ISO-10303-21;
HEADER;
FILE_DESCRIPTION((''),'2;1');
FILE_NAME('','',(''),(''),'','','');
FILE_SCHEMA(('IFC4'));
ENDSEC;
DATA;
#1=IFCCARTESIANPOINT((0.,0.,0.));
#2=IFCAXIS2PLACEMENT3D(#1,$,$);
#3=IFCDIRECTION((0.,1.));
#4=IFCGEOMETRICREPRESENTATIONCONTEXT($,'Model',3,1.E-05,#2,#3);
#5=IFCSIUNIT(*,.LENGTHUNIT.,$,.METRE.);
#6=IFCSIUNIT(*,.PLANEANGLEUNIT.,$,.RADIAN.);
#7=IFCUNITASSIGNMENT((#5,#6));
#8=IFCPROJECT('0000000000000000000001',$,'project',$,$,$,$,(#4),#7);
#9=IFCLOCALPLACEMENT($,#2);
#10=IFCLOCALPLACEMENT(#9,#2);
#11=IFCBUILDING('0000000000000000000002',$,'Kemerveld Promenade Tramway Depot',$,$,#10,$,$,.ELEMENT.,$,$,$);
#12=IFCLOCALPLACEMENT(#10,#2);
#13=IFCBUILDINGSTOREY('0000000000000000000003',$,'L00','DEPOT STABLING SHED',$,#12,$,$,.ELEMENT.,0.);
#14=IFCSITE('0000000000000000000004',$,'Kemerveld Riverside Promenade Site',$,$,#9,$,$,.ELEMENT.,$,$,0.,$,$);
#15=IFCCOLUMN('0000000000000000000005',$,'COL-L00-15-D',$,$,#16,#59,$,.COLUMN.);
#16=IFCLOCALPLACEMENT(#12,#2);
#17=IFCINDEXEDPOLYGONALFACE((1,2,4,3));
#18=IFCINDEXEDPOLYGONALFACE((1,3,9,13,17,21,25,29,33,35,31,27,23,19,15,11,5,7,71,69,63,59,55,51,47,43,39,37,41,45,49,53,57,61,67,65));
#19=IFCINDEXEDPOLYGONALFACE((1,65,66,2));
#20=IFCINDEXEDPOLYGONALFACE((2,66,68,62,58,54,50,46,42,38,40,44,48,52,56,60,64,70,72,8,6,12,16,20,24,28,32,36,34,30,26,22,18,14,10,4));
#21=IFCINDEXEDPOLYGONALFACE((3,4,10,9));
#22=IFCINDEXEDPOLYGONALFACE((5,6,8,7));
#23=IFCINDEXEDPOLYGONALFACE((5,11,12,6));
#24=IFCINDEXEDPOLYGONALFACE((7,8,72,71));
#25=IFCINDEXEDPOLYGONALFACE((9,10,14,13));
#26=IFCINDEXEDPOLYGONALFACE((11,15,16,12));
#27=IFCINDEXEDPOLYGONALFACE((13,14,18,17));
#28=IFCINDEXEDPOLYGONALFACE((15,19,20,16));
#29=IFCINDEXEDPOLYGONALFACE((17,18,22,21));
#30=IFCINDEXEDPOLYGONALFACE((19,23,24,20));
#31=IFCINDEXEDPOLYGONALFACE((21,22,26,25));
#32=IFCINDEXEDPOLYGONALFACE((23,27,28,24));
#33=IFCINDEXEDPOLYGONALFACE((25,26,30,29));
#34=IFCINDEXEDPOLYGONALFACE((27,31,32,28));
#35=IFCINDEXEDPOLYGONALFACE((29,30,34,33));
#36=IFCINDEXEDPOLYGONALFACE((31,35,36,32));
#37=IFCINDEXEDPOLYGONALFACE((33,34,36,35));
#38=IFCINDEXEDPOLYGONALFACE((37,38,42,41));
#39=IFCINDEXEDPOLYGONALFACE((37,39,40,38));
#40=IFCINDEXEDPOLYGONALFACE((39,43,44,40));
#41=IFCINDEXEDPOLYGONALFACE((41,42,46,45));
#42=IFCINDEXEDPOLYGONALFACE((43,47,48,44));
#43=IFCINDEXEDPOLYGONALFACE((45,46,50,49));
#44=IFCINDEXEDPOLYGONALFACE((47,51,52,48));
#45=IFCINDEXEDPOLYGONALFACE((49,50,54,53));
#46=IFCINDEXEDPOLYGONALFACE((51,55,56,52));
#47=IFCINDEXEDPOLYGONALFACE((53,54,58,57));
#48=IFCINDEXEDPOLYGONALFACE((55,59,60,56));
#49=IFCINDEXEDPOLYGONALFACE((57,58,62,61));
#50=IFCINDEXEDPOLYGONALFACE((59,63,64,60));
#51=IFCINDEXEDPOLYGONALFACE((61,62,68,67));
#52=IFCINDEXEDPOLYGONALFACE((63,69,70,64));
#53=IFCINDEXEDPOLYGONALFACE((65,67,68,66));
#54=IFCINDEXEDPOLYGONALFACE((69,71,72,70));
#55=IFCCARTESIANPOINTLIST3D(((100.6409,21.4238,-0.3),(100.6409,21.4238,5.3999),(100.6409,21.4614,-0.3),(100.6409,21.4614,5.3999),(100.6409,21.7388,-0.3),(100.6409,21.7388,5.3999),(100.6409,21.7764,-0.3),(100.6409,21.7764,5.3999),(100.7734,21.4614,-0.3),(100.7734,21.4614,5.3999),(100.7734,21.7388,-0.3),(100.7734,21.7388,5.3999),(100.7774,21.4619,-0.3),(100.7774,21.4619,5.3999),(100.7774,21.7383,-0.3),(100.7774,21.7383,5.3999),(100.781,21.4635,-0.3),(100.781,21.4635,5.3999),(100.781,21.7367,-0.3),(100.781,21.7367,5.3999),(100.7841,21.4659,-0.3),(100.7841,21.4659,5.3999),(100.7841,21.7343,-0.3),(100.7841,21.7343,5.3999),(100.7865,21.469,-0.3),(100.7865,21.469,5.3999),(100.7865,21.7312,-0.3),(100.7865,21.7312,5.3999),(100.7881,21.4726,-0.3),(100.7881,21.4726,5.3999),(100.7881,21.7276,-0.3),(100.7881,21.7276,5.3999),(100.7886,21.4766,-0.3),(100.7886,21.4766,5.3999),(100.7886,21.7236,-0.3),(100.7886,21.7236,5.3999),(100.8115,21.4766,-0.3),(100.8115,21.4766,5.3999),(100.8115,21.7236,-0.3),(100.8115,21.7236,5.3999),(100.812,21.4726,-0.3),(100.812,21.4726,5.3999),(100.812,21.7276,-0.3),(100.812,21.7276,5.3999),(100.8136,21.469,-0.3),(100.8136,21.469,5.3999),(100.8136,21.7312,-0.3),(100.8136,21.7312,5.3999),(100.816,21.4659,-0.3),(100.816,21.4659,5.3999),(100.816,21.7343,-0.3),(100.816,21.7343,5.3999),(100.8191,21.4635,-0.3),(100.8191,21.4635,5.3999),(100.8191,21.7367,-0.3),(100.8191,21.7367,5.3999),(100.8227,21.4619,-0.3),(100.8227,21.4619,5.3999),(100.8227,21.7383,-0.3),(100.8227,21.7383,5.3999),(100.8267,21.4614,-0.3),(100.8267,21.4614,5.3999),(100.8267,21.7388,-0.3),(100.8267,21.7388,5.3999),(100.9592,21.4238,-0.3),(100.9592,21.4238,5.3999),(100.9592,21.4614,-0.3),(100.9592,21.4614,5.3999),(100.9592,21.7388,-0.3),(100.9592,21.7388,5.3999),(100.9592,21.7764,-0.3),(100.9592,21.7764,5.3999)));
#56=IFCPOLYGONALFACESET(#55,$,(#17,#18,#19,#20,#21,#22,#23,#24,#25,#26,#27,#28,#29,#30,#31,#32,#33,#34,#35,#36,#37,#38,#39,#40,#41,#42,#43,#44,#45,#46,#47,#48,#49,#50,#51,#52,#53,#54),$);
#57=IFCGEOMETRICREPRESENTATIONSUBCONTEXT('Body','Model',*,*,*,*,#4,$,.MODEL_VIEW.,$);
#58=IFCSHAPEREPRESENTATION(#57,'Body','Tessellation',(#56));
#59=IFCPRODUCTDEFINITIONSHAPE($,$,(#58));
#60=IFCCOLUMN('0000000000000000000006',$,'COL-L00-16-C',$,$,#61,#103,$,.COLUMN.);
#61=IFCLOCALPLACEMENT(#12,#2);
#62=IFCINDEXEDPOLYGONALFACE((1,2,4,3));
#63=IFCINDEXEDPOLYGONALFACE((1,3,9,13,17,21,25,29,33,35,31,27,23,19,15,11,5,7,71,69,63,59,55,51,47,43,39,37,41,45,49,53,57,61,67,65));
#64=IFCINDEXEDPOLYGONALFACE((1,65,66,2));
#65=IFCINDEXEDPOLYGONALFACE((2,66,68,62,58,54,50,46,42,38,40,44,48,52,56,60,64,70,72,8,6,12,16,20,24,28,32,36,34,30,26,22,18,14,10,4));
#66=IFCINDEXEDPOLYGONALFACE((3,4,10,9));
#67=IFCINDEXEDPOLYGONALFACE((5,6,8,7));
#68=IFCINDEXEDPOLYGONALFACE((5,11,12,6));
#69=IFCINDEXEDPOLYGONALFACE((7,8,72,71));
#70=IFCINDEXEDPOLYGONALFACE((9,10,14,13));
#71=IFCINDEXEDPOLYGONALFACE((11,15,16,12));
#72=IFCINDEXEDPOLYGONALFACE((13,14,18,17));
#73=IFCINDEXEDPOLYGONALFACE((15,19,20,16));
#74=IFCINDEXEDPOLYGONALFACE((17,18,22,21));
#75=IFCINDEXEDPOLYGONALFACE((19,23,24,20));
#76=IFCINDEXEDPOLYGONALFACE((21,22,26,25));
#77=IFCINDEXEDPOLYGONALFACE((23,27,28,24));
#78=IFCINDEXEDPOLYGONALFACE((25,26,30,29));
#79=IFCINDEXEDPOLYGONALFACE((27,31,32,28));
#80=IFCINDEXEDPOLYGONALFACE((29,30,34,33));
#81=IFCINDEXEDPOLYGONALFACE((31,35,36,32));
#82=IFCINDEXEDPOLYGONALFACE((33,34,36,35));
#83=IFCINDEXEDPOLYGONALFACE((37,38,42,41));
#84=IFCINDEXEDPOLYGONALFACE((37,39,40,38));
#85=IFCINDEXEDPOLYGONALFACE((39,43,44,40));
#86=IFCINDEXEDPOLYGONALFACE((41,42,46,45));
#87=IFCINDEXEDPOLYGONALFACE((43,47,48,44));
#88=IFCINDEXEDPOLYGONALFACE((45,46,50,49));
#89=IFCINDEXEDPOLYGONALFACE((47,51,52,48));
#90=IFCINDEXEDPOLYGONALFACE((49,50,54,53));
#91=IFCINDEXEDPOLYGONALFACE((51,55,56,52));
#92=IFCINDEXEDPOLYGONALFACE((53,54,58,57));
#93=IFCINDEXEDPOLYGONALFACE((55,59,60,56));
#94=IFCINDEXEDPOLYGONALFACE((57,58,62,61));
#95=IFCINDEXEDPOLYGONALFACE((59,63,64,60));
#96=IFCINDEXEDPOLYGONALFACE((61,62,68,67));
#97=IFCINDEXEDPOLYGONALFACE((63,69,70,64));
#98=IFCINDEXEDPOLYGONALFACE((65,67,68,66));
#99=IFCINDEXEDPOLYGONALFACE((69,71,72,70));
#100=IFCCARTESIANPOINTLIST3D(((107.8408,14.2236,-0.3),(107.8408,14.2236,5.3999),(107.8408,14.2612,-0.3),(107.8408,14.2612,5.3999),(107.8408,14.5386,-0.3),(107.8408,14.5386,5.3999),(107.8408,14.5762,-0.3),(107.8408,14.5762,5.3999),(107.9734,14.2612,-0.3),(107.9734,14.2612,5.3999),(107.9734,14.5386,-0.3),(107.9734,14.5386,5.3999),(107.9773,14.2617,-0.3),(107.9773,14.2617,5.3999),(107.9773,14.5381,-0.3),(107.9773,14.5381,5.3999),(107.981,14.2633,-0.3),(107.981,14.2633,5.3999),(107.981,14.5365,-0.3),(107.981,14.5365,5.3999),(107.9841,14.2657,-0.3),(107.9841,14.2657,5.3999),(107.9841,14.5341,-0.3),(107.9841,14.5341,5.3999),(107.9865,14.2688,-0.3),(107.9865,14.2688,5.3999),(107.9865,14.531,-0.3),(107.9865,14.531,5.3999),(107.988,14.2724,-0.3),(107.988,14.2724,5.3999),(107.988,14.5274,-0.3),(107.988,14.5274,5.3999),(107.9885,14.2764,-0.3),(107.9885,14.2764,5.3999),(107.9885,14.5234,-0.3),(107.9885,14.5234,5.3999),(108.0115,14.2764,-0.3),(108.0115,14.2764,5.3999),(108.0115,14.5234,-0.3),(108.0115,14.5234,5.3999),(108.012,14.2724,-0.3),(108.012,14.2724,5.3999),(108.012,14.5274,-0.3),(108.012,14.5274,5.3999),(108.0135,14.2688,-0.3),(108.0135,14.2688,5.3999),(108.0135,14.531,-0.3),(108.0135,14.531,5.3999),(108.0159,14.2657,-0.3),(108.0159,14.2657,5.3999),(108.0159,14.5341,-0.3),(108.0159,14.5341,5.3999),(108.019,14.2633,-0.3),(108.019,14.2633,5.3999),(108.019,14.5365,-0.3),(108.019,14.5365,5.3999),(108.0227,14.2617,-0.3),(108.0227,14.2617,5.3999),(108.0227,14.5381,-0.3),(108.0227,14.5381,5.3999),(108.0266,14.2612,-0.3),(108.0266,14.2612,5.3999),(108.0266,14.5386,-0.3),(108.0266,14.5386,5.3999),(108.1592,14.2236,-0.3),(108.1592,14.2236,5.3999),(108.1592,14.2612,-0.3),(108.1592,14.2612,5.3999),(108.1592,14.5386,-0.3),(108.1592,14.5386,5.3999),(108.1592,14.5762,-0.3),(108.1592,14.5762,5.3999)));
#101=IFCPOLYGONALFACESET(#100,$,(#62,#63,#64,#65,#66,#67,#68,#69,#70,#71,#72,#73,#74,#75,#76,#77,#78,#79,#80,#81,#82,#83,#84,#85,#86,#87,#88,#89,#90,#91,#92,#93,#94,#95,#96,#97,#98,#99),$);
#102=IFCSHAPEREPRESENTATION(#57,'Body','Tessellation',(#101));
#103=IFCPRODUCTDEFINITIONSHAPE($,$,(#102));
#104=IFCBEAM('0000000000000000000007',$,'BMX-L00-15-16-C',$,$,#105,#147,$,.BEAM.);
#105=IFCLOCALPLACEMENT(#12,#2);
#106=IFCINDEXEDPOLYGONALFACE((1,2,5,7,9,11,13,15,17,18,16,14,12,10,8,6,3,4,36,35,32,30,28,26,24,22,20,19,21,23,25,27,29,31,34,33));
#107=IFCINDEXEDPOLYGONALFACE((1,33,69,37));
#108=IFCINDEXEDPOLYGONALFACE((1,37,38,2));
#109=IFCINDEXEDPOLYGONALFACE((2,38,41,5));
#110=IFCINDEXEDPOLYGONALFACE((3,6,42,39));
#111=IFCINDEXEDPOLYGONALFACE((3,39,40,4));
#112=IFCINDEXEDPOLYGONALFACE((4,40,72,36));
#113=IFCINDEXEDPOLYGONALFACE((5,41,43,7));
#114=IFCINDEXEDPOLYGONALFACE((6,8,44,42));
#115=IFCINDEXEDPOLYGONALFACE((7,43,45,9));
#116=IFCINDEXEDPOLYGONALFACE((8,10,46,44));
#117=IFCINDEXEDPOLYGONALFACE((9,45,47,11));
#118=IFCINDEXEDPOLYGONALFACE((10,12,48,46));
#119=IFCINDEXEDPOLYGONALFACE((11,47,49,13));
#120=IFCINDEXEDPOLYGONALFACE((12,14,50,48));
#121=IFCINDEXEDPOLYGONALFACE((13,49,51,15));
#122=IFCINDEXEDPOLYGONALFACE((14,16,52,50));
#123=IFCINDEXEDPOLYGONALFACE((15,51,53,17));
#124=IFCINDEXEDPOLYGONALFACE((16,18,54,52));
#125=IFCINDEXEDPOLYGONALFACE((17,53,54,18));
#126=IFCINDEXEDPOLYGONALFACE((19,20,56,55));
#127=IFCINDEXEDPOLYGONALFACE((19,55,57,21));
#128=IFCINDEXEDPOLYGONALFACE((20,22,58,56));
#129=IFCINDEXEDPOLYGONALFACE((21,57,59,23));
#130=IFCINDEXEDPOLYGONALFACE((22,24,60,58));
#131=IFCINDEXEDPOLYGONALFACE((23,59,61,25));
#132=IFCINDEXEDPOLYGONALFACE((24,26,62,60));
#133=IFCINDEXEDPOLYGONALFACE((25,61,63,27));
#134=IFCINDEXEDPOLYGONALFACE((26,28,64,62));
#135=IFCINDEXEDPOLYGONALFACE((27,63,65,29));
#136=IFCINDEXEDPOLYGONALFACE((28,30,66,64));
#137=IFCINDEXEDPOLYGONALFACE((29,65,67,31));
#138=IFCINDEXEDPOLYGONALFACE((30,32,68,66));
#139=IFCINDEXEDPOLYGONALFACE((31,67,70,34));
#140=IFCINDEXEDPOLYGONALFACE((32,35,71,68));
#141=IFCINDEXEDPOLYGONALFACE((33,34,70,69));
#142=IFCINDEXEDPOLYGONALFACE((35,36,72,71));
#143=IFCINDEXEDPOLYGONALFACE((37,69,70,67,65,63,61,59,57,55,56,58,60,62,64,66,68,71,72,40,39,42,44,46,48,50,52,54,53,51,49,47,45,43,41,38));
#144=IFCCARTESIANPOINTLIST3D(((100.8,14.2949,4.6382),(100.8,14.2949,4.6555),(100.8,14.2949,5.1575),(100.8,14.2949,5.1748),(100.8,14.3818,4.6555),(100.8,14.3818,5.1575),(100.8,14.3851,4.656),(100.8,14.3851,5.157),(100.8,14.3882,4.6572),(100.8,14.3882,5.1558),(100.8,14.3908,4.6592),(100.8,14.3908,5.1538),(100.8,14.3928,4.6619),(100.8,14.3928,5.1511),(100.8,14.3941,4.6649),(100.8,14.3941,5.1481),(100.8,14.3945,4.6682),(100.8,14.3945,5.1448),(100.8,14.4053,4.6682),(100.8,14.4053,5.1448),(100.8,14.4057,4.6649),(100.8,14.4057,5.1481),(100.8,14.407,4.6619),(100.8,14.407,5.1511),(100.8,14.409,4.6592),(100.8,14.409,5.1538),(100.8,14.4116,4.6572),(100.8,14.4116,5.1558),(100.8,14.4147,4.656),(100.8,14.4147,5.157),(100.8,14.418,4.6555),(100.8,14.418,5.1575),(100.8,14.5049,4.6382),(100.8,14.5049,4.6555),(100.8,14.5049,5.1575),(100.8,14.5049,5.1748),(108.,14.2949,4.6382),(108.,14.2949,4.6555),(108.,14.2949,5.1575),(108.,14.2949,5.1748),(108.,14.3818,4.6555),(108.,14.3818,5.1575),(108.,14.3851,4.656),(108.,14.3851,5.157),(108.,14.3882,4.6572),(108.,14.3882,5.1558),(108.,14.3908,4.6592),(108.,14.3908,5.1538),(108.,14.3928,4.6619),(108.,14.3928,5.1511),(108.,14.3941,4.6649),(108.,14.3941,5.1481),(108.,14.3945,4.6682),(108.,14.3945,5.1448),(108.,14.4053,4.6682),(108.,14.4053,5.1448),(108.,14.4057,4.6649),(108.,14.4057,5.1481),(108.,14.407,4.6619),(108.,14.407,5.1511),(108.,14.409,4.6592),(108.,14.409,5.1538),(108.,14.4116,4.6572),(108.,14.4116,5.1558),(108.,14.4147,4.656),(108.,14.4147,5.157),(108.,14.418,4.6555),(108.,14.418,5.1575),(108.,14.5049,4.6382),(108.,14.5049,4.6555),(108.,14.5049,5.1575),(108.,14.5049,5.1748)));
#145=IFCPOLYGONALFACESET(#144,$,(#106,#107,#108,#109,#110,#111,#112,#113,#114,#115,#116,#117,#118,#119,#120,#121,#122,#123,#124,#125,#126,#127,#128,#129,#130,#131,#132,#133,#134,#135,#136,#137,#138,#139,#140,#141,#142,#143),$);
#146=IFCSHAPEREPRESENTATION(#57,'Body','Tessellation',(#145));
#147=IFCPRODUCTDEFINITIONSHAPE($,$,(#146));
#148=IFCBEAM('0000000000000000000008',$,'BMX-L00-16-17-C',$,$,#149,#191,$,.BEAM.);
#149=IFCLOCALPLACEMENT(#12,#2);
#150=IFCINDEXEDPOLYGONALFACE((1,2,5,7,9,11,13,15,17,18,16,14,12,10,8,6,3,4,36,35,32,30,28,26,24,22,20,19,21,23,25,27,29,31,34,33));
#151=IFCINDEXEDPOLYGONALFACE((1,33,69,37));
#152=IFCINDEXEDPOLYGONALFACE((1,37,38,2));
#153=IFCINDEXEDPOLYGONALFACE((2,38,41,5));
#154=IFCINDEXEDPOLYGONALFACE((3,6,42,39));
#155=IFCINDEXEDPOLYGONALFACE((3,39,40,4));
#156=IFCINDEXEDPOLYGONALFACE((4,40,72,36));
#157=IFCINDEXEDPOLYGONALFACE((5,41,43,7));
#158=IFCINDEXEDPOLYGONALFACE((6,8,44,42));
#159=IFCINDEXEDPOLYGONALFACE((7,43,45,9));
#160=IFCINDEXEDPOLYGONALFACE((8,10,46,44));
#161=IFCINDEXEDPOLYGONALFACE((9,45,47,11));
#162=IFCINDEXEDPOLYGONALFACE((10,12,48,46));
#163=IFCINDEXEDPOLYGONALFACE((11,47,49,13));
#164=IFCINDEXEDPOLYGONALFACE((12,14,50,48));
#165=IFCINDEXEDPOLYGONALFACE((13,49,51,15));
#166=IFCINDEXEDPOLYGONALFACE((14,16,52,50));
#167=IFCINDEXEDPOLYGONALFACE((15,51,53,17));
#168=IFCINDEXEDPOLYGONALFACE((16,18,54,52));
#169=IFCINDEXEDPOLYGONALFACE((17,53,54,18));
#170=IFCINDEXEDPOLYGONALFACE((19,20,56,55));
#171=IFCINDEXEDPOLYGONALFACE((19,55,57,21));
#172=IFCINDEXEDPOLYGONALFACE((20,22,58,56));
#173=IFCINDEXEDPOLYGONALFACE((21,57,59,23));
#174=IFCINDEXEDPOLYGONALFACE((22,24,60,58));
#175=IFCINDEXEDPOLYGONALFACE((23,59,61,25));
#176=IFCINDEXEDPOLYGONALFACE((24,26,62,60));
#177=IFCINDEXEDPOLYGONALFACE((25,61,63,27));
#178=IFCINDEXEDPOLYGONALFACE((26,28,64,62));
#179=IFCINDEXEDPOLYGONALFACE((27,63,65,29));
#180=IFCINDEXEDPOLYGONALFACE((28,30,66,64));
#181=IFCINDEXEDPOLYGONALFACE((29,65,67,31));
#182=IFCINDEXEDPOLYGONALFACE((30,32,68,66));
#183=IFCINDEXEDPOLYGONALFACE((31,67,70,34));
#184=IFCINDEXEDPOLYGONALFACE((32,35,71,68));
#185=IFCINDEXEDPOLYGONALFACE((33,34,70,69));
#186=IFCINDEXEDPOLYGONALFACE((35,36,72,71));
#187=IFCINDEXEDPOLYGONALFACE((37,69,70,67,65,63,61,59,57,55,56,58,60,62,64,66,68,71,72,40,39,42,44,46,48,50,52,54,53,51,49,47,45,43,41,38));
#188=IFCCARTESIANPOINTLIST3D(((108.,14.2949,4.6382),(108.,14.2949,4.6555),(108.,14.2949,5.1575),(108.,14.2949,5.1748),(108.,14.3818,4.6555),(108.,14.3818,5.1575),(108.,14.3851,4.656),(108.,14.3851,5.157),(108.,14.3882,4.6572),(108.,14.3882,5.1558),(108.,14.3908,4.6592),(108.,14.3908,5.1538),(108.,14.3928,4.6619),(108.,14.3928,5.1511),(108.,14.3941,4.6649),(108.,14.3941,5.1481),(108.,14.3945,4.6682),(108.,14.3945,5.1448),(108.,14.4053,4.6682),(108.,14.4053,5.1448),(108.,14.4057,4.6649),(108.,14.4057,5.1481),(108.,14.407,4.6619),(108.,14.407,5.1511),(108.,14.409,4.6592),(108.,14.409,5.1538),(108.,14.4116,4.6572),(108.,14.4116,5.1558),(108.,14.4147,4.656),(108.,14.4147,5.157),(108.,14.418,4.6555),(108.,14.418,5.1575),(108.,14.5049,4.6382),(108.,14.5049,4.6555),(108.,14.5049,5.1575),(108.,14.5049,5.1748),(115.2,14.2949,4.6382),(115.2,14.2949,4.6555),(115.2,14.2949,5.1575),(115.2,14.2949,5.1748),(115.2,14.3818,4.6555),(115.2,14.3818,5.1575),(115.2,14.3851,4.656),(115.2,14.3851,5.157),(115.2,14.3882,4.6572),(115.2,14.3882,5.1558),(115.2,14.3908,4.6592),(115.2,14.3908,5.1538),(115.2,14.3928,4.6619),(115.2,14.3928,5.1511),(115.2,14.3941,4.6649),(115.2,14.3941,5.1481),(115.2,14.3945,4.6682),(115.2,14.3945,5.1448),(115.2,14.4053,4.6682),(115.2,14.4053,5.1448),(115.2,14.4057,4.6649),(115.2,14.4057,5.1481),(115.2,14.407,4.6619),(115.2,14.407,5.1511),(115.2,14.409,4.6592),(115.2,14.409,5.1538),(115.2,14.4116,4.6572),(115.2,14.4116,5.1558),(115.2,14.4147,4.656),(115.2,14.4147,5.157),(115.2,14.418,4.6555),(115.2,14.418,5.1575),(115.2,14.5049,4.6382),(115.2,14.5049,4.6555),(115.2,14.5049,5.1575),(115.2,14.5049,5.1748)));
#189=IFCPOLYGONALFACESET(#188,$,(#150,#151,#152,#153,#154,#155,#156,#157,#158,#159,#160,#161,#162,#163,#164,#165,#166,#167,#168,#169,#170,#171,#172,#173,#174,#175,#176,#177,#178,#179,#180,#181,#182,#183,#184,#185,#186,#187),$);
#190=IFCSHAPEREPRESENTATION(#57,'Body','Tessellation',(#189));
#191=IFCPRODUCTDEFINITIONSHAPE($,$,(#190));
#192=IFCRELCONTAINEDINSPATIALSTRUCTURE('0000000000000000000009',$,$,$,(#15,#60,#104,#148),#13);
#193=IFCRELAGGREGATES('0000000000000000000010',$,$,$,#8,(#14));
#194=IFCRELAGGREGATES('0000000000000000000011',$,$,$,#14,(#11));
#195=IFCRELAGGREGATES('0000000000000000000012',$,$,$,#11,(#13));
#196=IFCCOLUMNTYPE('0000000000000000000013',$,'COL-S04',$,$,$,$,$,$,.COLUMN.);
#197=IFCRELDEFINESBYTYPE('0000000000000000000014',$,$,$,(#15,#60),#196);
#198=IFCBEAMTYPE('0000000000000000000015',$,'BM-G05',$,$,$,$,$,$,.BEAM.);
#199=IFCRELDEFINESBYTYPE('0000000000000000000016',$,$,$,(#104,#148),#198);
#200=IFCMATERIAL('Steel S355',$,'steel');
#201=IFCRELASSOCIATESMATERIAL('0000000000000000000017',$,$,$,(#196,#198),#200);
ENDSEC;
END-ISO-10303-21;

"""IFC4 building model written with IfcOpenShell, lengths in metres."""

from ifc_helpers import new_model, si_unit, direction, frame, origin, origin_2d, place, context, subcontext, project, spatial, i_section, extrude, material, material_profile, profile_set, type_object, element, save


model = new_model("IFC4")

# Units and contexts
model_context = context("Model", 3, precision=1e-05, world=origin(), true_north=direction((0.0, 1.0)))
body_context = subcontext(model_context, "Body", "Model", "MODEL_VIEW")
ifc_project = project(units=[si_unit("LENGTHUNIT", "METRE"), si_unit("PLANEANGLEUNIT", "RADIAN")], contexts=[model_context])

# Site, building, storey
site_placement = place(None, origin())
site = spatial("IfcSite", under=ifc_project, at=site_placement, Name="Kemerveld Riverside Promenade Site", CompositionType="ELEMENT", RefElevation=0.0)
building_placement = place(site_placement, origin())
building = spatial("IfcBuilding", under=site, at=building_placement, Name="Kemerveld Promenade Tramway Depot", CompositionType="ELEMENT")
storey_placement = place(building_placement, origin())
storey = spatial("IfcBuildingStorey", under=building, at=storey_placement, Name="L00", Description="DEPOT STABLING SHED", CompositionType="ELEMENT", Elevation=0.0)

# Columns
ifc_material_1 = material(Name="Steel S355", Category="steel")
ifc_material_profile_1 = material_profile(ifc_material_1, i_section(OverallWidth=0.3184, OverallDepth=0.3525, WebThickness=0.0229, FlangeThickness=0.0376, FilletRadius=0.0151, at=origin_2d()), Name="305x305x240 UC")
ifc_profile_set_1 = profile_set([ifc_material_profile_1], Name="Steel S355")
column_type = type_object("IfcColumnType", Name="COL-S04", PredefinedType="COLUMN", material=ifc_profile_set_1)
for number, where, z_axis, x_axis, name in (
    (1, (100.8, 21.6001, -0.3), (0.0, 0.0, 1.0), (1.0, 0.0, 0.0), "COL-L00-15-D"),
    (2, (108.0, 14.3999, -0.3), (0.0, 0.0, 1.0), (1.0, 0.0, 0.0), "COL-L00-16-C"),
):
    element("IfcColumn", number, at=place(storey_placement, frame(where, z_axis=z_axis, x_axis=x_axis)), inside=storey, type_object=column_type, Name=name, PredefinedType="COLUMN", context=body_context, shape_type="SweptSolid", body=[
        extrude(i_section(OverallWidth=0.3184, OverallDepth=0.3525, WebThickness=0.0229, FlangeThickness=0.0376, FilletRadius=0.0151, at=origin_2d()), origin(), (0.0, 0.0, 1.0), 5.7),
    ])

# Beams
ifc_material_profile_2 = material_profile(ifc_material_1, i_section(OverallWidth=0.21, OverallDepth=0.5366, WebThickness=0.0107, FlangeThickness=0.0173, FilletRadius=0.0127, at=origin_2d()), Name="533x210x101 UB")
ifc_profile_set_2 = profile_set([ifc_material_profile_2], Name="Steel S355")
beam_type_1 = type_object("IfcBeamType", Name="BM-G05", PredefinedType="BEAM", material=ifc_profile_set_2)
for number, where, z_axis, x_axis, name in (
    (3, (100.8, 14.3999, 4.9065), (1.0, 0.0, 0.0), (0.0, 1.0, 0.0), "BMX-L00-15-16-C"),
    (4, (108.0, 14.3999, 4.9065), (1.0, 0.0, 0.0), (0.0, 1.0, 0.0), "BMX-L00-16-17-C"),
):
    element("IfcBeam", number, at=place(storey_placement, frame(where, z_axis=z_axis, x_axis=x_axis)), inside=storey, type_object=beam_type_1, Name=name, PredefinedType="BEAM", context=body_context, shape_type="SweptSolid", body=[
        extrude(i_section(OverallWidth=0.21, OverallDepth=0.5366, WebThickness=0.0107, FlangeThickness=0.0173, FilletRadius=0.0127, at=origin_2d()), origin(), (0.0, 0.0, 1.0), 7.2),
    ])

save(model, "model.ifc")
